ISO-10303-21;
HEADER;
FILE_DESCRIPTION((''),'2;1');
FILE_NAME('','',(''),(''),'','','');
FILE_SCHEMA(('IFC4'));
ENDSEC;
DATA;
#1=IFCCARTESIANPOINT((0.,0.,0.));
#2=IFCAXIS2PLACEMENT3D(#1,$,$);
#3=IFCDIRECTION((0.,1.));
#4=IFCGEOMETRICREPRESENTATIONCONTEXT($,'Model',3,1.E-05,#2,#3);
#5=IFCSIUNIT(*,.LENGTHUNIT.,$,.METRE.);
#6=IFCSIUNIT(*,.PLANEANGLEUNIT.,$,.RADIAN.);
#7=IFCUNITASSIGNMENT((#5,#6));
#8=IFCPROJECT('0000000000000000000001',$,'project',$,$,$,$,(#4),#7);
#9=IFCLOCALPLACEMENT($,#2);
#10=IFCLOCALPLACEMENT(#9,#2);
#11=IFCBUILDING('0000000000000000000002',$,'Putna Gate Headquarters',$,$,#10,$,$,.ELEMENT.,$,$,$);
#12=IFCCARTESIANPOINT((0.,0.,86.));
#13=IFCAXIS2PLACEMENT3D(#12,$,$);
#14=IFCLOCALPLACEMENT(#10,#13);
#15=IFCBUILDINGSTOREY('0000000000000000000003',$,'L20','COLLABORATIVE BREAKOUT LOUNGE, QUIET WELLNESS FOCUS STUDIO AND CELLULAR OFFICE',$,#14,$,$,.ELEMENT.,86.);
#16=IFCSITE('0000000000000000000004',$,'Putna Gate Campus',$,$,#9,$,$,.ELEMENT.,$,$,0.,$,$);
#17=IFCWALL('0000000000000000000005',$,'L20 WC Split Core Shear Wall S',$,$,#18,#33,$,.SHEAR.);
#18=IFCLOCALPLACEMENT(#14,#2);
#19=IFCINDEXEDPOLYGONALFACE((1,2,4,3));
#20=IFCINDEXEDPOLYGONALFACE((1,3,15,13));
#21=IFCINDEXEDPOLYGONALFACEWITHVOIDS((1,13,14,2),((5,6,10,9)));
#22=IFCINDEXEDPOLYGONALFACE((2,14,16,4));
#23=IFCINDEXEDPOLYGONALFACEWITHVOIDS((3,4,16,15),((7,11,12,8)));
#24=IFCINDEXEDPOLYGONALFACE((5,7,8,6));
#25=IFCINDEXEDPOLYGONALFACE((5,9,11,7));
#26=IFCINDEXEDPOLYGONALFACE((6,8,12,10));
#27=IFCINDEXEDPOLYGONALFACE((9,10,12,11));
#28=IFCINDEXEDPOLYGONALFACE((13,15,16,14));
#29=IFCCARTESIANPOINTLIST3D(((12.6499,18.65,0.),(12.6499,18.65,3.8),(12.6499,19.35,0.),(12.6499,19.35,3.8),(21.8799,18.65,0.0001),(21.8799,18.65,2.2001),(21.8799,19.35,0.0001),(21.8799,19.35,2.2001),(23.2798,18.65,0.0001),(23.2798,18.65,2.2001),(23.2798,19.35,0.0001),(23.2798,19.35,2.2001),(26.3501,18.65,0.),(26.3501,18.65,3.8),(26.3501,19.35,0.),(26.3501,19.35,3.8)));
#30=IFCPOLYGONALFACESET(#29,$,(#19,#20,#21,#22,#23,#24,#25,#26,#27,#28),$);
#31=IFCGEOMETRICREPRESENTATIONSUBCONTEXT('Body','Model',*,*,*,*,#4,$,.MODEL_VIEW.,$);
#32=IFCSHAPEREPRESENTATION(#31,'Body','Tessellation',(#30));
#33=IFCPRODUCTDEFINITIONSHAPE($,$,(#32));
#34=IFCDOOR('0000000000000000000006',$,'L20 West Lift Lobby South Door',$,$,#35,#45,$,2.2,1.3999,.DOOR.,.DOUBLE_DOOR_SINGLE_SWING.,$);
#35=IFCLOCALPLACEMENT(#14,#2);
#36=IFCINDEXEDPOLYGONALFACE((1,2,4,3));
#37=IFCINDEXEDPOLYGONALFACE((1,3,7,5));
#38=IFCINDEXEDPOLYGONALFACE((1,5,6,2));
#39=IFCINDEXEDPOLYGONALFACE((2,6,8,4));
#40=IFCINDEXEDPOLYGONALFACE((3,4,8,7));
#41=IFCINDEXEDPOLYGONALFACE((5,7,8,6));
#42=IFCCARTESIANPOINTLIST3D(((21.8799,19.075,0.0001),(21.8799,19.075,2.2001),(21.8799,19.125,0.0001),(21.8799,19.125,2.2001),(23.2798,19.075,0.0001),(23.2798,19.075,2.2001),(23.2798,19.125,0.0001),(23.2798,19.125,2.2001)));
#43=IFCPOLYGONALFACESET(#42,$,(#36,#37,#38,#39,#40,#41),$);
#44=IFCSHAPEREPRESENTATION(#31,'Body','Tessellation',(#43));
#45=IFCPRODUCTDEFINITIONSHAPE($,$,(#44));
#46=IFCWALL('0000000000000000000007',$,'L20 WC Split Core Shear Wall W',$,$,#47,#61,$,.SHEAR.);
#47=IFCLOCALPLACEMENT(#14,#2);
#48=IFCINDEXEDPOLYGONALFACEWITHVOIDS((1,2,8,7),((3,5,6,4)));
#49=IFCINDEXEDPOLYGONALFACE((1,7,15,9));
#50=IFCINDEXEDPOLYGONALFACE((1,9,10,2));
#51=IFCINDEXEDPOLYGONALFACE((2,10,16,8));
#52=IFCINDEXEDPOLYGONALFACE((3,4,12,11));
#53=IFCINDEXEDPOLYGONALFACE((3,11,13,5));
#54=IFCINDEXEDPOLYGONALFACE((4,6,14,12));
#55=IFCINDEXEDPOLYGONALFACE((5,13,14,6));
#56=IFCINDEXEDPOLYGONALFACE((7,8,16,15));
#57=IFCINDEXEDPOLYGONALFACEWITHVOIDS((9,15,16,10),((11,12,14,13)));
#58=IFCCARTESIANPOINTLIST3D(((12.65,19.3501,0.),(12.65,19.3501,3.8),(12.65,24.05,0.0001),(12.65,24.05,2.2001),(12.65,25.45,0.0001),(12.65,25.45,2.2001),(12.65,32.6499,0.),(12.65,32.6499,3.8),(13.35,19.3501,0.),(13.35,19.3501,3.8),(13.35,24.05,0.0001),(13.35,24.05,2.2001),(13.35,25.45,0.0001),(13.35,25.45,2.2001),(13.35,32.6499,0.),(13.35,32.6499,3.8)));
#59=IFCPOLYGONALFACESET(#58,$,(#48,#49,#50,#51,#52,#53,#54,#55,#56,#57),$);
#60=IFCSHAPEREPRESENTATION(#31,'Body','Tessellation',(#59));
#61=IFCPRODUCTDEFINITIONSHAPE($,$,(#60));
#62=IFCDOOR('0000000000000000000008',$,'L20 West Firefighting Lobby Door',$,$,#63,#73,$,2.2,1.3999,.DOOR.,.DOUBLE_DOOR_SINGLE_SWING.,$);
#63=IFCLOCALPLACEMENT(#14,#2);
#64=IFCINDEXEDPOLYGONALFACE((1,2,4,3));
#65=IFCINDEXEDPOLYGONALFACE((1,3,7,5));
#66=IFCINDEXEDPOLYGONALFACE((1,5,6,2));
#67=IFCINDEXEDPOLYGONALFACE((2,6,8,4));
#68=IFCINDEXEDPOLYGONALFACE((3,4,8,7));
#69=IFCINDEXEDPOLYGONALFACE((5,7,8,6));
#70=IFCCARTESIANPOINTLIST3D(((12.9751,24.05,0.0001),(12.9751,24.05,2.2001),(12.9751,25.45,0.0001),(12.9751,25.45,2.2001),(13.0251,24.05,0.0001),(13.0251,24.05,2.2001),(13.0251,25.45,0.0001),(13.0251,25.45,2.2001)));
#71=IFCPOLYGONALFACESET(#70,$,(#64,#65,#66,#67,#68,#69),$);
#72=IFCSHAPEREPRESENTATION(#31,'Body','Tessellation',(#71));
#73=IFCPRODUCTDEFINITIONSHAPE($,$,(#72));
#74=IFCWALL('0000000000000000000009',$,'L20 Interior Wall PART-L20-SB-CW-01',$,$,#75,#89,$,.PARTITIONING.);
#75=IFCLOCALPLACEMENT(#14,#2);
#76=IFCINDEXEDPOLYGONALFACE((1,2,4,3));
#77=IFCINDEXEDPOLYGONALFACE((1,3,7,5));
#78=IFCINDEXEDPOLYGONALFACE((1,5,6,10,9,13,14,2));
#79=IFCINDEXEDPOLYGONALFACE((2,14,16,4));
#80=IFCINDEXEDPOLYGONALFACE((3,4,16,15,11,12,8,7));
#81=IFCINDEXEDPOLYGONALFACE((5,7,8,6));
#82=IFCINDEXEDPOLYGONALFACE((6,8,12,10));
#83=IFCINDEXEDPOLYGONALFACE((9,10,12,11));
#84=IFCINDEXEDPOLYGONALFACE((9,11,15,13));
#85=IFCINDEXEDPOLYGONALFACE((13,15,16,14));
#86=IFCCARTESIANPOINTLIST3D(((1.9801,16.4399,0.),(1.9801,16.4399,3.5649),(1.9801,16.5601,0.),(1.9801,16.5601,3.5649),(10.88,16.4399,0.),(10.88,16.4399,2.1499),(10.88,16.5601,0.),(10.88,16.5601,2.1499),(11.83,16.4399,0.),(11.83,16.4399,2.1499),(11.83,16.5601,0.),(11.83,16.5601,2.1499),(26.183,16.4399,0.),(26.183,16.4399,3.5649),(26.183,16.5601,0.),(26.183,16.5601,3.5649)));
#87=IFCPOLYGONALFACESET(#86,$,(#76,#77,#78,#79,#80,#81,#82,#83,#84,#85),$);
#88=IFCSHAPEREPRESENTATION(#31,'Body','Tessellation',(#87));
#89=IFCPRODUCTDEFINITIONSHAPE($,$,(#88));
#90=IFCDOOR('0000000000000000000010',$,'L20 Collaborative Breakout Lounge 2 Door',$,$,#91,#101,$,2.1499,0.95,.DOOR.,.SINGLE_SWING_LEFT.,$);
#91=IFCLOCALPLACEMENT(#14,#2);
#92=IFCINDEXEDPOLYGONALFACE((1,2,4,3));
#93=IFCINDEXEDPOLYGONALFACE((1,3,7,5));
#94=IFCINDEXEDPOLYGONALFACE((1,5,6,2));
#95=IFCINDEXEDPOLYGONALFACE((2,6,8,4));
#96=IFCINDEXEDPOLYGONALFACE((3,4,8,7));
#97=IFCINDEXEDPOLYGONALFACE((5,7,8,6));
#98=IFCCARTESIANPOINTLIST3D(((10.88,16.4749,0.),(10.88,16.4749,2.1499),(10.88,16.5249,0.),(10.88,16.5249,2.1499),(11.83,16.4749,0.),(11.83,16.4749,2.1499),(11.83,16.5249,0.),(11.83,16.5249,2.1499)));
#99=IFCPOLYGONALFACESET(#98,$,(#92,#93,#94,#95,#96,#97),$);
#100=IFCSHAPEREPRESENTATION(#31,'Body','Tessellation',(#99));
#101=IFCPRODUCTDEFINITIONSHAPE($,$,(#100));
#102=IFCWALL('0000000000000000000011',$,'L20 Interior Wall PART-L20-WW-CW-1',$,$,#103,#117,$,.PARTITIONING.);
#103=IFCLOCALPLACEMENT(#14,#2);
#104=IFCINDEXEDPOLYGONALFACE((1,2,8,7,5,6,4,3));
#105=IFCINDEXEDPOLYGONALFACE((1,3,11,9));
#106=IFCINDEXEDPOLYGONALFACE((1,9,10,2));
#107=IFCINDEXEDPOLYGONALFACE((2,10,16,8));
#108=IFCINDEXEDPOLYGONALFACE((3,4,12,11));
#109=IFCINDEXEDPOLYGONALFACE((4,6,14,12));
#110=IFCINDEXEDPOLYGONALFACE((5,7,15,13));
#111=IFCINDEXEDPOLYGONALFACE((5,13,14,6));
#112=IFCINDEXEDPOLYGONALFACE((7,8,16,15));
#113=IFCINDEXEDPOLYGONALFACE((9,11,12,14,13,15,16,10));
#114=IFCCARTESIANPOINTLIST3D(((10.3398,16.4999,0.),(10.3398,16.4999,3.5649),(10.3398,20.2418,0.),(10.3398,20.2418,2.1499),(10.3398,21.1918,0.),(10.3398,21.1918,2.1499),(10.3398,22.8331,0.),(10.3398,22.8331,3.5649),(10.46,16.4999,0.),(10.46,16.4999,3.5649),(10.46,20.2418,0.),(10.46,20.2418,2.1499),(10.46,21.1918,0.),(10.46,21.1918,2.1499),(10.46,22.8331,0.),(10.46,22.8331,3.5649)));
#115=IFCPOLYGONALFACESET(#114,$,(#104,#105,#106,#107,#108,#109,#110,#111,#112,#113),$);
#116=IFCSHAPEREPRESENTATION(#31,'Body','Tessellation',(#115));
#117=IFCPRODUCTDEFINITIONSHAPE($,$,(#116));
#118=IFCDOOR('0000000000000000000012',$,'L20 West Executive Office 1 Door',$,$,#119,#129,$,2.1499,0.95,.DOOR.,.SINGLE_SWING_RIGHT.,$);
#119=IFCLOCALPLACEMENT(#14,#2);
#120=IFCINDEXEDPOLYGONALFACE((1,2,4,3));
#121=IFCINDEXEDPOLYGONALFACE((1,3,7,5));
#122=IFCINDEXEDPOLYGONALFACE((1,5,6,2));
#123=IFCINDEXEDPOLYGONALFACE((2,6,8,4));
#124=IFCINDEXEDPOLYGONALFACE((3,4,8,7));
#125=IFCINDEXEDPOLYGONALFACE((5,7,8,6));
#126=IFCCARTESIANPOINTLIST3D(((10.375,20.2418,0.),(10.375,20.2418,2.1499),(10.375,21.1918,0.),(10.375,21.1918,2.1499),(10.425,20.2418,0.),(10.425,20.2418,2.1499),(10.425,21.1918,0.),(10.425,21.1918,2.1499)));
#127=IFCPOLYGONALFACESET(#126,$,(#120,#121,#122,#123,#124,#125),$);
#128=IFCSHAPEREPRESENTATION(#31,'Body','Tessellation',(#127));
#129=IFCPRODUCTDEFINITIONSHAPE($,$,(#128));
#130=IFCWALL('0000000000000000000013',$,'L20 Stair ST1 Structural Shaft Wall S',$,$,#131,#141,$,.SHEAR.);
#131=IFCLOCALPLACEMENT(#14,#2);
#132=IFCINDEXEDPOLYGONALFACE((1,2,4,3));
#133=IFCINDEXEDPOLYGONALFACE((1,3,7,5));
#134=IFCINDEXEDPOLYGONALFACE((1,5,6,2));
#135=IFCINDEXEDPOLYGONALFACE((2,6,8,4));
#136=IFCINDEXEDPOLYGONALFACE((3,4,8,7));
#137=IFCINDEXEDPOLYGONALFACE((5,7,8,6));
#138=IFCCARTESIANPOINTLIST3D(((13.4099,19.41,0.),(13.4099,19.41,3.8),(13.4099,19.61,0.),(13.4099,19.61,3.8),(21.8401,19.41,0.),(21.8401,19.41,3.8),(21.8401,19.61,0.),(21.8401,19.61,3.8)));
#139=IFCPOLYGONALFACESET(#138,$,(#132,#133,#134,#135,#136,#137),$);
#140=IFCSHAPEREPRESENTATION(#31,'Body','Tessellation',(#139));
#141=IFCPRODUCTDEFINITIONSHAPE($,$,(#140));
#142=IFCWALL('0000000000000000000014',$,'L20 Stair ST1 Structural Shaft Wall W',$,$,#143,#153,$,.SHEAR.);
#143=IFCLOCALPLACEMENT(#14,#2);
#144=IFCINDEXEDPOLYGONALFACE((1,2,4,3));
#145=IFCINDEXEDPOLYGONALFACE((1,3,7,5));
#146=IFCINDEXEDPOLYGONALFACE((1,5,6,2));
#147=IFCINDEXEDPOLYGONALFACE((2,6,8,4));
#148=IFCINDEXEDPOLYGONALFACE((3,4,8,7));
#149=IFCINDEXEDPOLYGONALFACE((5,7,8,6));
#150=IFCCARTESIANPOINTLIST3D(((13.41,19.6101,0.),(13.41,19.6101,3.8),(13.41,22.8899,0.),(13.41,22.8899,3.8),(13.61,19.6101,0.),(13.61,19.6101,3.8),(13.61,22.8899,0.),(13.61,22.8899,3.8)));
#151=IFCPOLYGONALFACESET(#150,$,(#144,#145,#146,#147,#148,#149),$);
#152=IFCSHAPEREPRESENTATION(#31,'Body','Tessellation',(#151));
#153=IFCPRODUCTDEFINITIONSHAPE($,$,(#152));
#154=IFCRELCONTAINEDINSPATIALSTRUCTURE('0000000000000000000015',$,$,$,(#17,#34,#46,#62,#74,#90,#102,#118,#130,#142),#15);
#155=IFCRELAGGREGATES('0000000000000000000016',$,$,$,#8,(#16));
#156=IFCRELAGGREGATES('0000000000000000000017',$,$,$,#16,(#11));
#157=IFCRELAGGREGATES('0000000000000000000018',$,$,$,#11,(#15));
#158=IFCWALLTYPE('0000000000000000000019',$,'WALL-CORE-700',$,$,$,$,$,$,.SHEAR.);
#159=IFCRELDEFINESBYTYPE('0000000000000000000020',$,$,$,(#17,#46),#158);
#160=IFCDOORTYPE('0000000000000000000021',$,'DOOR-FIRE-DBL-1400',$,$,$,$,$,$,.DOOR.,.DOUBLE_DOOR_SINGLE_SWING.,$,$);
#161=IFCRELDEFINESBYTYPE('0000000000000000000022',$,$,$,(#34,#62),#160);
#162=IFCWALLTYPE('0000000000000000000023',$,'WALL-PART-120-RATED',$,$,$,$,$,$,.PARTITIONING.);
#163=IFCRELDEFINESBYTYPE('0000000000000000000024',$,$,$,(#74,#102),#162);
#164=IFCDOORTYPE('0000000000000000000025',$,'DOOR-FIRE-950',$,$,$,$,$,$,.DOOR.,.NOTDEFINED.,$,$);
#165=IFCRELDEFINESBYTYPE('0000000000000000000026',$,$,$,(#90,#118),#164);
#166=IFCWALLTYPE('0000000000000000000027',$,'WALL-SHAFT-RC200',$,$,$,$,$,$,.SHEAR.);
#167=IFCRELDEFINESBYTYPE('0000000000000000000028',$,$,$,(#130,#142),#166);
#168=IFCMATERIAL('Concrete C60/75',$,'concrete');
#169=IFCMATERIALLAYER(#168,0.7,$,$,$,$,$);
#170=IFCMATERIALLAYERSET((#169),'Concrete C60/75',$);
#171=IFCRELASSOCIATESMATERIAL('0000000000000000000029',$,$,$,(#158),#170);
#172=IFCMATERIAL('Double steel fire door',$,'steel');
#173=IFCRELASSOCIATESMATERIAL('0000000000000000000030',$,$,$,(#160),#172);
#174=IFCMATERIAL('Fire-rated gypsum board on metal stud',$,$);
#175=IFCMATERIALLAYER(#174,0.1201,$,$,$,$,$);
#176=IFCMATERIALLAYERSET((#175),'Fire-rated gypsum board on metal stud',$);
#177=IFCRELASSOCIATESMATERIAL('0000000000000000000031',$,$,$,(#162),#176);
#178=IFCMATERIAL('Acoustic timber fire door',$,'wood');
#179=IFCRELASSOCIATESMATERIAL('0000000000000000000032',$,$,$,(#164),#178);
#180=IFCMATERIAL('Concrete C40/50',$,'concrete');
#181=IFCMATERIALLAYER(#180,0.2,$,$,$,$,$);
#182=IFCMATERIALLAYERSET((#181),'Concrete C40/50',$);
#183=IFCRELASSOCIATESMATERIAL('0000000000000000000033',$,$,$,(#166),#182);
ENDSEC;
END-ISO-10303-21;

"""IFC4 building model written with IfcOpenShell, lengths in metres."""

from ifc_helpers import new_model, si_unit, direction, frame, frame_2d, origin, place, context, subcontext, project, spatial, rectangle, extrude, material, layer, layer_set, type_object, element, fill, save


model = new_model("IFC4")

# Units and contexts
model_context = context("Model", 3, precision=1e-05, world=origin(), true_north=direction((0.0, 1.0)))
body_context = subcontext(model_context, "Body", "Model", "MODEL_VIEW")
ifc_project = project(units=[si_unit("LENGTHUNIT", "METRE"), si_unit("PLANEANGLEUNIT", "RADIAN")], contexts=[model_context])

# Site, building, storey
site_placement = place(None, origin())
site = spatial("IfcSite", under=ifc_project, at=site_placement, Name="Putna Gate Campus", CompositionType="ELEMENT", RefElevation=0.0)
building_placement = place(site_placement, origin())
building = spatial("IfcBuilding", under=site, at=building_placement, Name="Putna Gate Headquarters", CompositionType="ELEMENT")
storey_placement = place(building_placement, frame((0.0, 0.0, 86.0)))
storey = spatial("IfcBuildingStorey", under=building, at=storey_placement, Name="L20", Description="COLLABORATIVE BREAKOUT LOUNGE, QUIET WELLNESS FOCUS STUDIO AND CELLULAR OFFICE", CompositionType="ELEMENT", Elevation=86.0)

# Shared definitions
ifc_material_1 = material(Name="Concrete C60/75", Category="concrete")

# Walls, openings, doors
ifc_layer_1 = layer(ifc_material_1, 0.7)
ifc_layer_set_1 = layer_set([ifc_layer_1], Name="Concrete C60/75")
wall_type_1 = type_object("IfcWallType", Name="WALL-CORE-700", PredefinedType="SHEAR", material=ifc_layer_set_1)
wall_1_placement = place(storey_placement, frame((12.6499, 19.0, 0.0), z_axis=(0.0, 0.0, 1.0), x_axis=(1.0, 0.0, 0.0)))
wall_1 = element("IfcWall", 1, at=wall_1_placement, inside=storey, type_object=wall_type_1, Name="L20 WC Split Core Shear Wall S", PredefinedType="SHEAR", context=body_context, shape_type="SweptSolid", body=[
    extrude(rectangle(XDim=13.7002, YDim=0.7, at=frame_2d((6.8501, 0.0))), origin(), (0.0, 0.0, 1.0), 3.8),
])
opening_1_placement = place(wall_1_placement, frame((9.23, 0.0, 0.0)))
opening_1 = element("IfcOpeningElement", 2, at=opening_1_placement, cuts=wall_1, PredefinedType="OPENING", context=body_context, shape_type="SweptSolid", body=[
    extrude(rectangle(XDim=1.3999, YDim=2.2, at=frame_2d((0.7, 1.1001))), frame((0.0, 0.3599, 0.0), z_axis=(0.0, -1.0, 0.0), x_axis=(1.0, 0.0, 0.0)), (0.0, 0.0, 1.0), 0.72),
])
ifc_material_2 = material(Name="Double steel fire door", Category="steel")
door_type_1 = type_object("IfcDoorType", Name="DOOR-FIRE-DBL-1400", OperationType="DOUBLE_DOOR_SINGLE_SWING", PredefinedType="DOOR", material=ifc_material_2)
door_1_placement = place(opening_1_placement, origin())
door_1 = element("IfcDoor", 3, at=door_1_placement, inside=storey, type_object=door_type_1, Name="L20 West Lift Lobby South Door", OperationType="DOUBLE_DOOR_SINGLE_SWING", OverallHeight=2.2, OverallWidth=1.3999, PredefinedType="DOOR", context=body_context, shape_type="SweptSolid", body=[
    extrude(rectangle(XDim=1.3999, YDim=2.2, at=frame_2d((0.7, 1.1001))), frame((0.0, 0.125, 0.0), z_axis=(0.0, -1.0, 0.0), x_axis=(1.0, 0.0, 0.0)), (0.0, 0.0, 1.0), 0.05),
])
fill(opening_1, door_1)
wall_2_placement = place(storey_placement, frame((13.0, 19.3501, 0.0), z_axis=(0.0, 0.0, 1.0), x_axis=(0.0, 1.0, 0.0)))
wall_2 = element("IfcWall", 4, at=wall_2_placement, inside=storey, type_object=wall_type_1, Name="L20 WC Split Core Shear Wall W", PredefinedType="SHEAR", context=body_context, shape_type="SweptSolid", body=[
    extrude(rectangle(XDim=13.2998, YDim=0.7, at=frame_2d((6.6499, 0.0))), origin(), (0.0, 0.0, 1.0), 3.8),
])
opening_2_placement = place(wall_2_placement, frame((4.7, 0.0, 0.0)))
opening_2 = element("IfcOpeningElement", 5, at=opening_2_placement, cuts=wall_2, PredefinedType="OPENING", context=body_context, shape_type="SweptSolid", body=[
    extrude(rectangle(XDim=1.3999, YDim=2.2, at=frame_2d((0.7, 1.1001))), frame((0.0, 0.3599, 0.0), z_axis=(0.0, -1.0, 0.0), x_axis=(1.0, 0.0, 0.0)), (0.0, 0.0, 1.0), 0.72),
])
door_2_placement = place(opening_2_placement, origin())
door_2 = element("IfcDoor", 6, at=door_2_placement, inside=storey, type_object=door_type_1, Name="L20 West Firefighting Lobby Door", OperationType="DOUBLE_DOOR_SINGLE_SWING", OverallHeight=2.2, OverallWidth=1.3999, PredefinedType="DOOR", context=body_context, shape_type="SweptSolid", body=[
    extrude(rectangle(XDim=1.3999, YDim=2.2, at=frame_2d((0.7, 1.1001))), frame((0.0, 0.0249, 0.0), z_axis=(0.0, -1.0, 0.0), x_axis=(1.0, 0.0, 0.0)), (0.0, 0.0, 1.0), 0.05),
])
fill(opening_2, door_2)
ifc_material_3 = material(Name="Fire-rated gypsum board on metal stud")
ifc_layer_2 = layer(ifc_material_3, 0.1201)
ifc_layer_set_2 = layer_set([ifc_layer_2], Name="Fire-rated gypsum board on metal stud")
wall_type_2 = type_object("IfcWallType", Name="WALL-PART-120-RATED", PredefinedType="PARTITIONING", material=ifc_layer_set_2)
wall_3_placement = place(storey_placement, frame((1.98, 16.5, 0.0), z_axis=(0.0, 0.0, 1.0), x_axis=(1.0, 0.0, 0.0)))
wall_3 = element("IfcWall", 7, at=wall_3_placement, inside=storey, type_object=wall_type_2, Name="L20 Interior Wall PART-L20-SB-CW-01", PredefinedType="PARTITIONING", context=body_context, shape_type="SweptSolid", body=[
    extrude(rectangle(XDim=24.2029, YDim=0.1201, at=frame_2d((12.1016, 0.0))), origin(), (0.0, 0.0, 1.0), 3.5649),
])
opening_3_placement = place(wall_3_placement, frame((8.8999, 0.0, 0.0)))
opening_3 = element("IfcOpeningElement", 8, at=opening_3_placement, cuts=wall_3, PredefinedType="OPENING", context=body_context, shape_type="SweptSolid", body=[
    extrude(rectangle(XDim=0.95, YDim=2.1499, at=frame_2d((0.4751, 1.075))), frame((0.0, 0.0701, 0.0), z_axis=(0.0, -1.0, 0.0), x_axis=(1.0, 0.0, 0.0)), (0.0, 0.0, 1.0), 0.1401),
])
ifc_material_4 = material(Name="Acoustic timber fire door", Category="wood")
door_type_2 = type_object("IfcDoorType", Name="DOOR-FIRE-950", OperationType="NOTDEFINED", PredefinedType="DOOR", material=ifc_material_4)
door_3_placement = place(opening_3_placement, origin())
door_3 = element("IfcDoor", 9, at=door_3_placement, inside=storey, type_object=door_type_2, Name="L20 Collaborative Breakout Lounge 2 Door", OperationType="SINGLE_SWING_LEFT", OverallHeight=2.1499, OverallWidth=0.95, PredefinedType="DOOR", context=body_context, shape_type="SweptSolid", body=[
    extrude(rectangle(XDim=0.95, YDim=2.1499, at=frame_2d((0.4751, 1.075))), frame((0.0, 0.0249, 0.0), z_axis=(0.0, -1.0, 0.0), x_axis=(1.0, 0.0, 0.0)), (0.0, 0.0, 1.0), 0.05),
])
fill(opening_3, door_3)
wall_4_placement = place(storey_placement, frame((10.3999, 16.5, 0.0), z_axis=(0.0, 0.0, 1.0), x_axis=(0.0, 1.0, 0.0)))
wall_4 = element("IfcWall", 10, at=wall_4_placement, inside=storey, type_object=wall_type_2, Name="L20 Interior Wall PART-L20-WW-CW-1", PredefinedType="PARTITIONING", context=body_context, shape_type="SweptSolid", body=[
    extrude(rectangle(XDim=6.3333, YDim=0.1201, at=frame_2d((3.1665, 0.0))), origin(), (0.0, 0.0, 1.0), 3.5649),
])
opening_4_placement = place(wall_4_placement, frame((3.7417, 0.0, 0.0)))
opening_4 = element("IfcOpeningElement", 11, at=opening_4_placement, cuts=wall_4, PredefinedType="OPENING", context=body_context, shape_type="SweptSolid", body=[
    extrude(rectangle(XDim=0.95, YDim=2.1499, at=frame_2d((0.4751, 1.075))), frame((0.0, 0.0701, 0.0), z_axis=(0.0, -1.0, 0.0), x_axis=(1.0, 0.0, 0.0)), (0.0, 0.0, 1.0), 0.1401),
])
door_4_placement = place(opening_4_placement, origin())
door_4 = element("IfcDoor", 12, at=door_4_placement, inside=storey, type_object=door_type_2, Name="L20 West Executive Office 1 Door", OperationType="SINGLE_SWING_RIGHT", OverallHeight=2.1499, OverallWidth=0.95, PredefinedType="DOOR", context=body_context, shape_type="SweptSolid", body=[
    extrude(rectangle(XDim=0.95, YDim=2.1499, at=frame_2d((0.4751, 1.075))), frame((0.0, 0.0249, 0.0), z_axis=(0.0, -1.0, 0.0), x_axis=(1.0, 0.0, 0.0)), (0.0, 0.0, 1.0), 0.05),
])
fill(opening_4, door_4)

# Walls
ifc_material_5 = material(Name="Concrete C40/50", Category="concrete")
ifc_layer_3 = layer(ifc_material_5, 0.2)
ifc_layer_set_3 = layer_set([ifc_layer_3], Name="Concrete C40/50")
wall_type_3 = type_object("IfcWallType", Name="WALL-SHAFT-RC200", PredefinedType="SHEAR", material=ifc_layer_set_3)
wall_5_placement = place(storey_placement, frame((13.4099, 19.51, 0.0), z_axis=(0.0, 0.0, 1.0), x_axis=(1.0, 0.0, 0.0)))
element("IfcWall", 13, at=wall_5_placement, inside=storey, type_object=wall_type_3, Name="L20 Stair ST1 Structural Shaft Wall S", PredefinedType="SHEAR", context=body_context, shape_type="SweptSolid", body=[
    extrude(rectangle(XDim=8.4302, YDim=0.2, at=frame_2d((4.2151, 0.0))), origin(), (0.0, 0.0, 1.0), 3.8),
])
wall_6_placement = place(storey_placement, frame((13.51, 19.6101, 0.0), z_axis=(0.0, 0.0, 1.0), x_axis=(0.0, 1.0, 0.0)))
element("IfcWall", 14, at=wall_6_placement, inside=storey, type_object=wall_type_3, Name="L20 Stair ST1 Structural Shaft Wall W", PredefinedType="SHEAR", context=body_context, shape_type="SweptSolid", body=[
    extrude(rectangle(XDim=3.2798, YDim=0.2, at=frame_2d((1.6399, 0.0))), origin(), (0.0, 0.0, 1.0), 3.8),
])

save(model, "model.ifc")
